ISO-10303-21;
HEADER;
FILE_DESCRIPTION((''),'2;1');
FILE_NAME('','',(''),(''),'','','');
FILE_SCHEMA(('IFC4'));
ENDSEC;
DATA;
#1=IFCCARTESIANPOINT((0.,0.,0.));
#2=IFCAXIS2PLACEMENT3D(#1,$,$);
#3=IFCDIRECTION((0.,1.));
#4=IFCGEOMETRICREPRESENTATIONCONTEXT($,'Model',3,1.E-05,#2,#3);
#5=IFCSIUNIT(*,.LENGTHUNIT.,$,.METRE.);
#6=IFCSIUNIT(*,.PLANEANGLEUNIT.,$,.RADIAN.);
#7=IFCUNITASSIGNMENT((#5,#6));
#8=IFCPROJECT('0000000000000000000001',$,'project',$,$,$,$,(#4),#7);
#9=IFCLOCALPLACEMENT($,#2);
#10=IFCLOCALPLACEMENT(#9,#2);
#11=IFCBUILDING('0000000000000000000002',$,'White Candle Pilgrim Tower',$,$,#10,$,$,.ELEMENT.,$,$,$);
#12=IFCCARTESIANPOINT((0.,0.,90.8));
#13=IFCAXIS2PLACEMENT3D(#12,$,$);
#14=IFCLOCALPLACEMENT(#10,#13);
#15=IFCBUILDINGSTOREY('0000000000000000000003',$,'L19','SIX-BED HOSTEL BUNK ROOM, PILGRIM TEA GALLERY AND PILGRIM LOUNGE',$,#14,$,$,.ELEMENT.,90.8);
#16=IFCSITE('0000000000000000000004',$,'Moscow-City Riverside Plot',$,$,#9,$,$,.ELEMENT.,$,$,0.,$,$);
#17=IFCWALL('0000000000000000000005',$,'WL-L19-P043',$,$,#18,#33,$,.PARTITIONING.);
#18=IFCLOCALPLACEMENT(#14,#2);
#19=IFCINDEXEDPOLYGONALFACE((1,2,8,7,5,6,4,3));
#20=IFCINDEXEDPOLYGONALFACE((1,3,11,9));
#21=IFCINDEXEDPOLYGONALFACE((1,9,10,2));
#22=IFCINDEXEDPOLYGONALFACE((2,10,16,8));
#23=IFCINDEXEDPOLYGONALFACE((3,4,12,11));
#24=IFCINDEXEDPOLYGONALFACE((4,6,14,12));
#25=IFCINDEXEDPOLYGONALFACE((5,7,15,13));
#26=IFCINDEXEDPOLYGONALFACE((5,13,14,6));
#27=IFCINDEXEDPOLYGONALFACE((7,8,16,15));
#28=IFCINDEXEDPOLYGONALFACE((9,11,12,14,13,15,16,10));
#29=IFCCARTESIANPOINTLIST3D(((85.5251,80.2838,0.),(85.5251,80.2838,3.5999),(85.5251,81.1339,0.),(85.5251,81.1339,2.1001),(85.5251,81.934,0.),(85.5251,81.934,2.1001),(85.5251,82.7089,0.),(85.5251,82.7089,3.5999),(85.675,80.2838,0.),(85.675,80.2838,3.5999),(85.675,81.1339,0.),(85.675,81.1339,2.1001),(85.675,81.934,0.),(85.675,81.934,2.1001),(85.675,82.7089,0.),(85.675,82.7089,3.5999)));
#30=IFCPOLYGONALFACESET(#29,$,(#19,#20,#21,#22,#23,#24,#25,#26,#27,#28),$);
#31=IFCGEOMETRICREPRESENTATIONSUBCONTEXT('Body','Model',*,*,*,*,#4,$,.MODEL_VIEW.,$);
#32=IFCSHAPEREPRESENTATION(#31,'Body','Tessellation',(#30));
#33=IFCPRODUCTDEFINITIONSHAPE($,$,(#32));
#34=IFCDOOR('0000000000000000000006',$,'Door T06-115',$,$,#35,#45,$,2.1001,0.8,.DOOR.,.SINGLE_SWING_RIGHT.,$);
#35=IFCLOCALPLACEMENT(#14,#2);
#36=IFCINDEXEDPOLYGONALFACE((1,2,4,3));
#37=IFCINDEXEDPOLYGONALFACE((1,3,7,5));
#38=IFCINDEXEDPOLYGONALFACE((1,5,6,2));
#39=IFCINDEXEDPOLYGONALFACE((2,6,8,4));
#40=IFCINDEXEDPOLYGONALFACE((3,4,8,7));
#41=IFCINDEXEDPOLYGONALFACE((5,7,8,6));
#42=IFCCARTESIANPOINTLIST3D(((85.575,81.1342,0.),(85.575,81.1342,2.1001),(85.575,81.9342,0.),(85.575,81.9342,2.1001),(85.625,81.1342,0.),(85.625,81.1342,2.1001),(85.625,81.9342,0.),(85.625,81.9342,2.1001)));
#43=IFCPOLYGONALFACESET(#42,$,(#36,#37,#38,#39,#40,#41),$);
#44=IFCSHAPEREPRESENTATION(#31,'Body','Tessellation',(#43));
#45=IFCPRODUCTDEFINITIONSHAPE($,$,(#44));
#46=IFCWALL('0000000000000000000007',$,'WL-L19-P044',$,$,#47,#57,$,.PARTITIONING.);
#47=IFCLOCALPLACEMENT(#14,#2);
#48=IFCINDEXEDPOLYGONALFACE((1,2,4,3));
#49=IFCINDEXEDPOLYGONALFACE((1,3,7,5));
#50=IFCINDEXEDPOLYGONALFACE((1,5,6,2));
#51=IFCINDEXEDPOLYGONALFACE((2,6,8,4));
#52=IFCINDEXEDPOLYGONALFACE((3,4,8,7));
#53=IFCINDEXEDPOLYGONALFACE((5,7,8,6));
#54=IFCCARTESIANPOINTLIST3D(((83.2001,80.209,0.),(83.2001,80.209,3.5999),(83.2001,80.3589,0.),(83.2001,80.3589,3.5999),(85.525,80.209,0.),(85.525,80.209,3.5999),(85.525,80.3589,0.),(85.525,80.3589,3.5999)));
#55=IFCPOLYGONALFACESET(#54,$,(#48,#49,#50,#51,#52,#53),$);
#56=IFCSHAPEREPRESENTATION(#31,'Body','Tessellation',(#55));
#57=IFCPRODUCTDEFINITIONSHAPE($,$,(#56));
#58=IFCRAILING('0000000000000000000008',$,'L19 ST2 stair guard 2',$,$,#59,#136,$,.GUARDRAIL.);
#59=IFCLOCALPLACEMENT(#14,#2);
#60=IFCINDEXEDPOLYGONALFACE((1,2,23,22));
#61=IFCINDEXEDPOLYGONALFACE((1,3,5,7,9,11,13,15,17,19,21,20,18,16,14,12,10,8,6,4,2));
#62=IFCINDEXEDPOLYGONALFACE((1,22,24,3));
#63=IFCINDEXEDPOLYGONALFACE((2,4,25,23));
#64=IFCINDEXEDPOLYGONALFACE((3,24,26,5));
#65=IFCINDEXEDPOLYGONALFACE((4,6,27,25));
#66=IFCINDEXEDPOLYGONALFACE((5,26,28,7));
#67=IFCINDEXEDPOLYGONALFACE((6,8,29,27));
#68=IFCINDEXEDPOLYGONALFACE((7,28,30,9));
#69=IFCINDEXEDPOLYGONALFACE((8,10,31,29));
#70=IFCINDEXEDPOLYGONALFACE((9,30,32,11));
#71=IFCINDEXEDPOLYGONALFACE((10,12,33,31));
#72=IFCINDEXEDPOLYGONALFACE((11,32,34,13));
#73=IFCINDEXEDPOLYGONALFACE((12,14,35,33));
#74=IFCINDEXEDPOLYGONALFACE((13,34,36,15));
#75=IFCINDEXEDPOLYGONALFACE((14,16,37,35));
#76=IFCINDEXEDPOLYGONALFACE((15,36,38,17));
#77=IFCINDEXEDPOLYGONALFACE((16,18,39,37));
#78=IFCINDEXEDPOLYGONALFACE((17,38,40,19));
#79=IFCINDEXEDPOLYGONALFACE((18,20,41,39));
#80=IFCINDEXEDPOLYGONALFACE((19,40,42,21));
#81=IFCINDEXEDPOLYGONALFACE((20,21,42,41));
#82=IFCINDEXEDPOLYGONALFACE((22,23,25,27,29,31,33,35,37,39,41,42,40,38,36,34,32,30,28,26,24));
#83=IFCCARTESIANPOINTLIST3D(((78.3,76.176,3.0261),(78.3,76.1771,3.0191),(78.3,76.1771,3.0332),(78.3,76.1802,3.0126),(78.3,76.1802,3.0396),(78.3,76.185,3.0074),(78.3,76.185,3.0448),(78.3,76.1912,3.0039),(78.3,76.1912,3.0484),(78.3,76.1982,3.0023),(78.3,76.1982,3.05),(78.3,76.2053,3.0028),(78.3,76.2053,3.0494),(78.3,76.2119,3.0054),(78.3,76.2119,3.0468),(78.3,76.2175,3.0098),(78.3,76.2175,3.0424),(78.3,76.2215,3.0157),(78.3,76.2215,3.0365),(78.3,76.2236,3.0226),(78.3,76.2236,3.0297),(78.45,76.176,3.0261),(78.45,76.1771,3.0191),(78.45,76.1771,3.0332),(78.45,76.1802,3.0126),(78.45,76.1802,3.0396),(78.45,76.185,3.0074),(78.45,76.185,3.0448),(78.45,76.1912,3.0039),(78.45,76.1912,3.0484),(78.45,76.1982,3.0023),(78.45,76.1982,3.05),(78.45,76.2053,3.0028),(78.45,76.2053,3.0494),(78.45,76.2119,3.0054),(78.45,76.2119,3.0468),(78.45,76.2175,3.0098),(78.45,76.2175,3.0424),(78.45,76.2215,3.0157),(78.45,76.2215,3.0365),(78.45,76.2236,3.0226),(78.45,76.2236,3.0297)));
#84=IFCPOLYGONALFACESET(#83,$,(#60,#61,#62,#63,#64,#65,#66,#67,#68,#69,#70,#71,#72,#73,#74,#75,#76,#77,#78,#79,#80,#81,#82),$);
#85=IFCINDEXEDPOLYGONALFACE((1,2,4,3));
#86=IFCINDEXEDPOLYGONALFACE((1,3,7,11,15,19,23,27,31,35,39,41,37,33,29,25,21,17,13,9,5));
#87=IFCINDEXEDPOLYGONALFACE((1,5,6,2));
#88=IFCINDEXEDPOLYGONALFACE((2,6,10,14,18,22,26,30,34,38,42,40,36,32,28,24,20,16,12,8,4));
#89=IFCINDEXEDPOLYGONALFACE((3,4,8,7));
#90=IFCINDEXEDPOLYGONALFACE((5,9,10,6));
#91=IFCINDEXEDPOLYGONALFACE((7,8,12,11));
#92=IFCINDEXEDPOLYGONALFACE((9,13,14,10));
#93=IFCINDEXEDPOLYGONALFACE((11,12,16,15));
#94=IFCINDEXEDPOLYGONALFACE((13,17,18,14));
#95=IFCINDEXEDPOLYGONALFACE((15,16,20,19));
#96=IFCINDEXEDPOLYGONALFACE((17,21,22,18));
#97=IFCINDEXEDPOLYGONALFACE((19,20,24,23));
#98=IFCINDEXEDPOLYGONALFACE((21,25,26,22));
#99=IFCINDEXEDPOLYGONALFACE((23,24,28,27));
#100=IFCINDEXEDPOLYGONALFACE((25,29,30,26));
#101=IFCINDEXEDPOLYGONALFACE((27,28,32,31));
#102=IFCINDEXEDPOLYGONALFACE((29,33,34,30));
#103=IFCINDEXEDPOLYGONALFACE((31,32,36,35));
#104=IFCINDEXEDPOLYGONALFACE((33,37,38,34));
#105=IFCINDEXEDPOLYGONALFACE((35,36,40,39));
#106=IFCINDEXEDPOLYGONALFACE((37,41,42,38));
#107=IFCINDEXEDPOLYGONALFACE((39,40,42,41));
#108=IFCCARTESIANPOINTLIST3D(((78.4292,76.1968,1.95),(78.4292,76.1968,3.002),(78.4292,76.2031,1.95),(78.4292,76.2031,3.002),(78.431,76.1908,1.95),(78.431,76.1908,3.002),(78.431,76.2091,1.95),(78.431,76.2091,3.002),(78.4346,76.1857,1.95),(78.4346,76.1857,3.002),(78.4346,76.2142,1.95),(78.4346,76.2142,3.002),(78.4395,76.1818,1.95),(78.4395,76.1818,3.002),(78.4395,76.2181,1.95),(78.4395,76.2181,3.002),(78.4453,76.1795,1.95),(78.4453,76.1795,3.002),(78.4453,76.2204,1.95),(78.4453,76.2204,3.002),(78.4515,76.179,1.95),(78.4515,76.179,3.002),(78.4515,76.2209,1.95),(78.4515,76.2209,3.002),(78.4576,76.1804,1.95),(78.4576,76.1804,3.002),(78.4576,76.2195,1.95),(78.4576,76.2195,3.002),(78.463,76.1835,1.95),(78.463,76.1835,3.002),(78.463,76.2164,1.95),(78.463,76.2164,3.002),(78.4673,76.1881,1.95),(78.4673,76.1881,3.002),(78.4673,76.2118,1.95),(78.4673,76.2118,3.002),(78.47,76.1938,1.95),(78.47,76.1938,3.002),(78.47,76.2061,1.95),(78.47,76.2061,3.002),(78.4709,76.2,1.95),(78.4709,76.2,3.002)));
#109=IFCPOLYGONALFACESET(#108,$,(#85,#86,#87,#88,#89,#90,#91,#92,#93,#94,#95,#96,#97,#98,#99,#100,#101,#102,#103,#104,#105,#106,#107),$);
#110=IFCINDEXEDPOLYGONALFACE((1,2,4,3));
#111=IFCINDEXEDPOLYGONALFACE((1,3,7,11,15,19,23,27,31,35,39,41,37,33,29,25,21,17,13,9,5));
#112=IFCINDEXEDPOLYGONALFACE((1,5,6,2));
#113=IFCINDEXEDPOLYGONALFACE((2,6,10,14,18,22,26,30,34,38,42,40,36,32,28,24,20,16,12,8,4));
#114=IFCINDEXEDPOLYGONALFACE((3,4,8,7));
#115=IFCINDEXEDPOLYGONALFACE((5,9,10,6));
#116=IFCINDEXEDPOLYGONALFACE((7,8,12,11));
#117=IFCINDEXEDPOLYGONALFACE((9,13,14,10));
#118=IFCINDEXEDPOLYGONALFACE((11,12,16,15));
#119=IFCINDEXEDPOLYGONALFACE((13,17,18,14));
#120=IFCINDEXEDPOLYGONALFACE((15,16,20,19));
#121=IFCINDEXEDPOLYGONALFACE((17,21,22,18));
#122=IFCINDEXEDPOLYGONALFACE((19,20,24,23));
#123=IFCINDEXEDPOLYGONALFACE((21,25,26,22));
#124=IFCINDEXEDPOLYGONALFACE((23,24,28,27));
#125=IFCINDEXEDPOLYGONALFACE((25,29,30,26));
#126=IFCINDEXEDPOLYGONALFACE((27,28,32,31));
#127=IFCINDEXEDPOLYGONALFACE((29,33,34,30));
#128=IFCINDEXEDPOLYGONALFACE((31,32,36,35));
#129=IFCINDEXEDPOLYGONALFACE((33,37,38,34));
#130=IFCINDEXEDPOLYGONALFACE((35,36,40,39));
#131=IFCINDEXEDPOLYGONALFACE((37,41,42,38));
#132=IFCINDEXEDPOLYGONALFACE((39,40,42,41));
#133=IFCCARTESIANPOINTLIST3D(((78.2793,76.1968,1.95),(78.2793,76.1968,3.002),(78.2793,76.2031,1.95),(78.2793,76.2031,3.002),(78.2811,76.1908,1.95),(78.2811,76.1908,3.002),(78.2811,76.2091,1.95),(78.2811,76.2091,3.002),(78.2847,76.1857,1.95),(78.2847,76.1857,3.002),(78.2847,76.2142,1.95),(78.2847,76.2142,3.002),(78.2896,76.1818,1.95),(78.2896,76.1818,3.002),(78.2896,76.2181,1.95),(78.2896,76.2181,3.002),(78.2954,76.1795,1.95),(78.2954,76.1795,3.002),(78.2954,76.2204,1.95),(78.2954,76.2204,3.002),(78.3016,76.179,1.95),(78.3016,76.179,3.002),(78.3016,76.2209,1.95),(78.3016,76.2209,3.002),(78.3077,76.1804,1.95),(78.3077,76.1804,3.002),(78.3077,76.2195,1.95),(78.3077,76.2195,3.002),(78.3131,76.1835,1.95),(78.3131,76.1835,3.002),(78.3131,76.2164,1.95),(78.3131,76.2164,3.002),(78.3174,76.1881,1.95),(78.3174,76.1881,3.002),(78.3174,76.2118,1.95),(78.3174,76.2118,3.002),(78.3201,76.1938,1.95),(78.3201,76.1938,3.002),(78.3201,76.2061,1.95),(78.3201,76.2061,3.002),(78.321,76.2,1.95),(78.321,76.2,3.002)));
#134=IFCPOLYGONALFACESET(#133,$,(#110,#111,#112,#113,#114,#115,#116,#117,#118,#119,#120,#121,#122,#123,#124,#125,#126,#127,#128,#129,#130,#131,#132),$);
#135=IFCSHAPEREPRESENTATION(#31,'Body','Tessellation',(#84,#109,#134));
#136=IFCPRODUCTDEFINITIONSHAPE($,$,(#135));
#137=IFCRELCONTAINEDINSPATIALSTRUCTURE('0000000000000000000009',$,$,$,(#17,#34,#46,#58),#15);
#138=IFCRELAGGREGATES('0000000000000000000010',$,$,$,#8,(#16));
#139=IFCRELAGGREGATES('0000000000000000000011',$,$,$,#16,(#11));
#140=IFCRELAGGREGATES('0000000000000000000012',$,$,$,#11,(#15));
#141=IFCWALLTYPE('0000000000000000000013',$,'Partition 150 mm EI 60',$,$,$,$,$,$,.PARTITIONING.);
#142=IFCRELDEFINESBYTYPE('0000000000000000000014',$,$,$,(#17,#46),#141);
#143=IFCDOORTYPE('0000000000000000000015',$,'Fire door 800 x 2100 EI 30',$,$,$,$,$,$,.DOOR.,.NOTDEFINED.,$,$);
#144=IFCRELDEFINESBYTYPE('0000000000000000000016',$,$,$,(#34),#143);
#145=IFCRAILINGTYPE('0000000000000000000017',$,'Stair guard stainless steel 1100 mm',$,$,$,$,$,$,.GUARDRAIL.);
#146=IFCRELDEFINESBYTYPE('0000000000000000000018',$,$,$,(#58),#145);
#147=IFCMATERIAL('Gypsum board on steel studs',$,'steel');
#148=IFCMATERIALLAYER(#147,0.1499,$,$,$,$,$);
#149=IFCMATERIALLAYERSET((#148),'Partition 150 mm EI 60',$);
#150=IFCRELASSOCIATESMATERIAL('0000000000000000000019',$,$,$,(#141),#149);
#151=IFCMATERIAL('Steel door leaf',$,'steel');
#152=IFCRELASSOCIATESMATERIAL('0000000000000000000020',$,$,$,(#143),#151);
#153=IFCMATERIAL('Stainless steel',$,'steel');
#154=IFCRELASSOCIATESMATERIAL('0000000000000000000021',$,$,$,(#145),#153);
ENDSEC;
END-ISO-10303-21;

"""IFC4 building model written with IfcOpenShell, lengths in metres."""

from ifc_helpers import new_model, si_unit, direction, frame, frame_2d, origin, origin_2d, place, context, subcontext, project, spatial, rectangle, circle, extrude, material, layer, layer_set, type_object, element, fill, save


model = new_model("IFC4")

# Units and contexts
model_context = context("Model", 3, precision=1e-05, world=origin(), true_north=direction((0.0, 1.0)))
body_context = subcontext(model_context, "Body", "Model", "MODEL_VIEW")
ifc_project = project(units=[si_unit("LENGTHUNIT", "METRE"), si_unit("PLANEANGLEUNIT", "RADIAN")], contexts=[model_context])

# Site, building, storey
site_placement = place(None, origin())
site = spatial("IfcSite", under=ifc_project, at=site_placement, Name="Moscow-City Riverside Plot", CompositionType="ELEMENT", RefElevation=0.0)
building_placement = place(site_placement, origin())
building = spatial("IfcBuilding", under=site, at=building_placement, Name="White Candle Pilgrim Tower", CompositionType="ELEMENT")
storey_placement = place(building_placement, frame((0.0, 0.0, 90.8)))
storey = spatial("IfcBuildingStorey", under=building, at=storey_placement, Name="L19", Description="SIX-BED HOSTEL BUNK ROOM, PILGRIM TEA GALLERY AND PILGRIM LOUNGE", CompositionType="ELEMENT", Elevation=90.8)

# Shared definitions
ifc_material_1 = material(Name="Steel door leaf", Category="steel")

# Shared definitions
ifc_material_2 = material(Name="Gypsum board on steel studs", Category="steel")

# Shared definitions
ifc_layer_1 = layer(ifc_material_2, 0.1499)
ifc_layer_set_1 = layer_set([ifc_layer_1], Name="Partition 150 mm EI 60")
wall_type_1 = type_object("IfcWallType", Name="Partition 150 mm EI 60", PredefinedType="PARTITIONING", material=ifc_layer_set_1)

# Wall, opening, door
wall_1_placement = place(storey_placement, frame((85.6001, 80.2839, 0.0), z_axis=(0.0, 0.0, 1.0), x_axis=(0.0, 1.0, 0.0)))
wall_1 = element("IfcWall", 1, at=wall_1_placement, inside=storey, type_object=wall_type_1, Name="WL-L19-P043", PredefinedType="PARTITIONING", context=body_context, shape_type="SweptSolid", body=[
    extrude(rectangle(XDim=2.425, YDim=0.1499, at=frame_2d((1.2124, 0.0))), origin(), (0.0, 0.0, 1.0), 3.5999),
])
opening_1_placement = place(wall_1_placement, frame((0.8501, 0.0, 0.0)))
opening_1 = element("IfcOpeningElement", 2, at=opening_1_placement, cuts=wall_1, PredefinedType="OPENING", context=body_context, shape_type="SweptSolid", body=[
    extrude(rectangle(XDim=0.8, YDim=2.1001, at=frame_2d((0.3999, 1.05))), frame((0.0, 0.085, 0.0), z_axis=(0.0, -1.0, 0.0), x_axis=(1.0, 0.0, 0.0)), (0.0, 0.0, 1.0), 0.1699),
])
door_type_1 = type_object("IfcDoorType", Name="Fire door 800 x 2100 EI 30", OperationType="NOTDEFINED", PredefinedType="DOOR", material=ifc_material_1)
door_1_placement = place(opening_1_placement, frame((0.8, 0.0, 0.0), z_axis=(0.0, 0.0, 1.0), x_axis=(-1.0, 0.0, 0.0)))
door_1 = element("IfcDoor", 3, at=door_1_placement, inside=storey, type_object=door_type_1, Name="Door T06-115", OperationType="SINGLE_SWING_RIGHT", OverallHeight=2.1001, OverallWidth=0.8, PredefinedType="DOOR", context=body_context, shape_type="SweptSolid", body=[
    extrude(rectangle(XDim=0.8, YDim=2.1001, at=frame_2d((0.3999, 1.05))), frame((0.0, 0.0249, 0.0), z_axis=(0.0, -1.0, 0.0), x_axis=(1.0, 0.0, 0.0)), (0.0, 0.0, 1.0), 0.05),
])
fill(opening_1, door_1)

# Wall
wall_2_placement = place(storey_placement, frame((83.2, 80.2839, 0.0), z_axis=(0.0, 0.0, 1.0), x_axis=(1.0, 0.0, 0.0)))
element("IfcWall", 4, at=wall_2_placement, inside=storey, type_object=wall_type_1, Name="WL-L19-P044", PredefinedType="PARTITIONING", context=body_context, shape_type="SweptSolid", body=[
    extrude(rectangle(XDim=2.325, YDim=0.1499, at=frame_2d((1.1626, 0.0))), origin(), (0.0, 0.0, 1.0), 3.5999),
])

# Railing
ifc_material_3 = material(Name="Stainless steel", Category="steel")
railing_type = type_object("IfcRailingType", Name="Stair guard stainless steel 1100 mm", PredefinedType="GUARDRAIL", material=ifc_material_3)
railing_placement = place(storey_placement, frame((78.45, 76.2, 1.95)))
element("IfcRailing", 5, at=railing_placement, inside=storey, type_object=railing_type, Name="L19 ST2 stair guard 2", PredefinedType="GUARDRAIL", context=body_context, shape_type="SweptSolid", body=[
    extrude(circle(Radius=0.0239, at=origin_2d()), frame((0.0, 0.0, 1.0762), z_axis=(-1.0, 0.0, 0.0), x_axis=(0.0, -1.0, 0.0)), (0.0, 0.0, 1.0), 0.1499),
    extrude(circle(Radius=0.021, at=origin_2d()), origin(), (0.0, 0.0, 1.0), 1.052),
    extrude(circle(Radius=0.021, at=origin_2d()), frame((-0.1499, 0.0, 0.0)), (0.0, 0.0, 1.0), 1.052),
])

save(model, "model.ifc")
